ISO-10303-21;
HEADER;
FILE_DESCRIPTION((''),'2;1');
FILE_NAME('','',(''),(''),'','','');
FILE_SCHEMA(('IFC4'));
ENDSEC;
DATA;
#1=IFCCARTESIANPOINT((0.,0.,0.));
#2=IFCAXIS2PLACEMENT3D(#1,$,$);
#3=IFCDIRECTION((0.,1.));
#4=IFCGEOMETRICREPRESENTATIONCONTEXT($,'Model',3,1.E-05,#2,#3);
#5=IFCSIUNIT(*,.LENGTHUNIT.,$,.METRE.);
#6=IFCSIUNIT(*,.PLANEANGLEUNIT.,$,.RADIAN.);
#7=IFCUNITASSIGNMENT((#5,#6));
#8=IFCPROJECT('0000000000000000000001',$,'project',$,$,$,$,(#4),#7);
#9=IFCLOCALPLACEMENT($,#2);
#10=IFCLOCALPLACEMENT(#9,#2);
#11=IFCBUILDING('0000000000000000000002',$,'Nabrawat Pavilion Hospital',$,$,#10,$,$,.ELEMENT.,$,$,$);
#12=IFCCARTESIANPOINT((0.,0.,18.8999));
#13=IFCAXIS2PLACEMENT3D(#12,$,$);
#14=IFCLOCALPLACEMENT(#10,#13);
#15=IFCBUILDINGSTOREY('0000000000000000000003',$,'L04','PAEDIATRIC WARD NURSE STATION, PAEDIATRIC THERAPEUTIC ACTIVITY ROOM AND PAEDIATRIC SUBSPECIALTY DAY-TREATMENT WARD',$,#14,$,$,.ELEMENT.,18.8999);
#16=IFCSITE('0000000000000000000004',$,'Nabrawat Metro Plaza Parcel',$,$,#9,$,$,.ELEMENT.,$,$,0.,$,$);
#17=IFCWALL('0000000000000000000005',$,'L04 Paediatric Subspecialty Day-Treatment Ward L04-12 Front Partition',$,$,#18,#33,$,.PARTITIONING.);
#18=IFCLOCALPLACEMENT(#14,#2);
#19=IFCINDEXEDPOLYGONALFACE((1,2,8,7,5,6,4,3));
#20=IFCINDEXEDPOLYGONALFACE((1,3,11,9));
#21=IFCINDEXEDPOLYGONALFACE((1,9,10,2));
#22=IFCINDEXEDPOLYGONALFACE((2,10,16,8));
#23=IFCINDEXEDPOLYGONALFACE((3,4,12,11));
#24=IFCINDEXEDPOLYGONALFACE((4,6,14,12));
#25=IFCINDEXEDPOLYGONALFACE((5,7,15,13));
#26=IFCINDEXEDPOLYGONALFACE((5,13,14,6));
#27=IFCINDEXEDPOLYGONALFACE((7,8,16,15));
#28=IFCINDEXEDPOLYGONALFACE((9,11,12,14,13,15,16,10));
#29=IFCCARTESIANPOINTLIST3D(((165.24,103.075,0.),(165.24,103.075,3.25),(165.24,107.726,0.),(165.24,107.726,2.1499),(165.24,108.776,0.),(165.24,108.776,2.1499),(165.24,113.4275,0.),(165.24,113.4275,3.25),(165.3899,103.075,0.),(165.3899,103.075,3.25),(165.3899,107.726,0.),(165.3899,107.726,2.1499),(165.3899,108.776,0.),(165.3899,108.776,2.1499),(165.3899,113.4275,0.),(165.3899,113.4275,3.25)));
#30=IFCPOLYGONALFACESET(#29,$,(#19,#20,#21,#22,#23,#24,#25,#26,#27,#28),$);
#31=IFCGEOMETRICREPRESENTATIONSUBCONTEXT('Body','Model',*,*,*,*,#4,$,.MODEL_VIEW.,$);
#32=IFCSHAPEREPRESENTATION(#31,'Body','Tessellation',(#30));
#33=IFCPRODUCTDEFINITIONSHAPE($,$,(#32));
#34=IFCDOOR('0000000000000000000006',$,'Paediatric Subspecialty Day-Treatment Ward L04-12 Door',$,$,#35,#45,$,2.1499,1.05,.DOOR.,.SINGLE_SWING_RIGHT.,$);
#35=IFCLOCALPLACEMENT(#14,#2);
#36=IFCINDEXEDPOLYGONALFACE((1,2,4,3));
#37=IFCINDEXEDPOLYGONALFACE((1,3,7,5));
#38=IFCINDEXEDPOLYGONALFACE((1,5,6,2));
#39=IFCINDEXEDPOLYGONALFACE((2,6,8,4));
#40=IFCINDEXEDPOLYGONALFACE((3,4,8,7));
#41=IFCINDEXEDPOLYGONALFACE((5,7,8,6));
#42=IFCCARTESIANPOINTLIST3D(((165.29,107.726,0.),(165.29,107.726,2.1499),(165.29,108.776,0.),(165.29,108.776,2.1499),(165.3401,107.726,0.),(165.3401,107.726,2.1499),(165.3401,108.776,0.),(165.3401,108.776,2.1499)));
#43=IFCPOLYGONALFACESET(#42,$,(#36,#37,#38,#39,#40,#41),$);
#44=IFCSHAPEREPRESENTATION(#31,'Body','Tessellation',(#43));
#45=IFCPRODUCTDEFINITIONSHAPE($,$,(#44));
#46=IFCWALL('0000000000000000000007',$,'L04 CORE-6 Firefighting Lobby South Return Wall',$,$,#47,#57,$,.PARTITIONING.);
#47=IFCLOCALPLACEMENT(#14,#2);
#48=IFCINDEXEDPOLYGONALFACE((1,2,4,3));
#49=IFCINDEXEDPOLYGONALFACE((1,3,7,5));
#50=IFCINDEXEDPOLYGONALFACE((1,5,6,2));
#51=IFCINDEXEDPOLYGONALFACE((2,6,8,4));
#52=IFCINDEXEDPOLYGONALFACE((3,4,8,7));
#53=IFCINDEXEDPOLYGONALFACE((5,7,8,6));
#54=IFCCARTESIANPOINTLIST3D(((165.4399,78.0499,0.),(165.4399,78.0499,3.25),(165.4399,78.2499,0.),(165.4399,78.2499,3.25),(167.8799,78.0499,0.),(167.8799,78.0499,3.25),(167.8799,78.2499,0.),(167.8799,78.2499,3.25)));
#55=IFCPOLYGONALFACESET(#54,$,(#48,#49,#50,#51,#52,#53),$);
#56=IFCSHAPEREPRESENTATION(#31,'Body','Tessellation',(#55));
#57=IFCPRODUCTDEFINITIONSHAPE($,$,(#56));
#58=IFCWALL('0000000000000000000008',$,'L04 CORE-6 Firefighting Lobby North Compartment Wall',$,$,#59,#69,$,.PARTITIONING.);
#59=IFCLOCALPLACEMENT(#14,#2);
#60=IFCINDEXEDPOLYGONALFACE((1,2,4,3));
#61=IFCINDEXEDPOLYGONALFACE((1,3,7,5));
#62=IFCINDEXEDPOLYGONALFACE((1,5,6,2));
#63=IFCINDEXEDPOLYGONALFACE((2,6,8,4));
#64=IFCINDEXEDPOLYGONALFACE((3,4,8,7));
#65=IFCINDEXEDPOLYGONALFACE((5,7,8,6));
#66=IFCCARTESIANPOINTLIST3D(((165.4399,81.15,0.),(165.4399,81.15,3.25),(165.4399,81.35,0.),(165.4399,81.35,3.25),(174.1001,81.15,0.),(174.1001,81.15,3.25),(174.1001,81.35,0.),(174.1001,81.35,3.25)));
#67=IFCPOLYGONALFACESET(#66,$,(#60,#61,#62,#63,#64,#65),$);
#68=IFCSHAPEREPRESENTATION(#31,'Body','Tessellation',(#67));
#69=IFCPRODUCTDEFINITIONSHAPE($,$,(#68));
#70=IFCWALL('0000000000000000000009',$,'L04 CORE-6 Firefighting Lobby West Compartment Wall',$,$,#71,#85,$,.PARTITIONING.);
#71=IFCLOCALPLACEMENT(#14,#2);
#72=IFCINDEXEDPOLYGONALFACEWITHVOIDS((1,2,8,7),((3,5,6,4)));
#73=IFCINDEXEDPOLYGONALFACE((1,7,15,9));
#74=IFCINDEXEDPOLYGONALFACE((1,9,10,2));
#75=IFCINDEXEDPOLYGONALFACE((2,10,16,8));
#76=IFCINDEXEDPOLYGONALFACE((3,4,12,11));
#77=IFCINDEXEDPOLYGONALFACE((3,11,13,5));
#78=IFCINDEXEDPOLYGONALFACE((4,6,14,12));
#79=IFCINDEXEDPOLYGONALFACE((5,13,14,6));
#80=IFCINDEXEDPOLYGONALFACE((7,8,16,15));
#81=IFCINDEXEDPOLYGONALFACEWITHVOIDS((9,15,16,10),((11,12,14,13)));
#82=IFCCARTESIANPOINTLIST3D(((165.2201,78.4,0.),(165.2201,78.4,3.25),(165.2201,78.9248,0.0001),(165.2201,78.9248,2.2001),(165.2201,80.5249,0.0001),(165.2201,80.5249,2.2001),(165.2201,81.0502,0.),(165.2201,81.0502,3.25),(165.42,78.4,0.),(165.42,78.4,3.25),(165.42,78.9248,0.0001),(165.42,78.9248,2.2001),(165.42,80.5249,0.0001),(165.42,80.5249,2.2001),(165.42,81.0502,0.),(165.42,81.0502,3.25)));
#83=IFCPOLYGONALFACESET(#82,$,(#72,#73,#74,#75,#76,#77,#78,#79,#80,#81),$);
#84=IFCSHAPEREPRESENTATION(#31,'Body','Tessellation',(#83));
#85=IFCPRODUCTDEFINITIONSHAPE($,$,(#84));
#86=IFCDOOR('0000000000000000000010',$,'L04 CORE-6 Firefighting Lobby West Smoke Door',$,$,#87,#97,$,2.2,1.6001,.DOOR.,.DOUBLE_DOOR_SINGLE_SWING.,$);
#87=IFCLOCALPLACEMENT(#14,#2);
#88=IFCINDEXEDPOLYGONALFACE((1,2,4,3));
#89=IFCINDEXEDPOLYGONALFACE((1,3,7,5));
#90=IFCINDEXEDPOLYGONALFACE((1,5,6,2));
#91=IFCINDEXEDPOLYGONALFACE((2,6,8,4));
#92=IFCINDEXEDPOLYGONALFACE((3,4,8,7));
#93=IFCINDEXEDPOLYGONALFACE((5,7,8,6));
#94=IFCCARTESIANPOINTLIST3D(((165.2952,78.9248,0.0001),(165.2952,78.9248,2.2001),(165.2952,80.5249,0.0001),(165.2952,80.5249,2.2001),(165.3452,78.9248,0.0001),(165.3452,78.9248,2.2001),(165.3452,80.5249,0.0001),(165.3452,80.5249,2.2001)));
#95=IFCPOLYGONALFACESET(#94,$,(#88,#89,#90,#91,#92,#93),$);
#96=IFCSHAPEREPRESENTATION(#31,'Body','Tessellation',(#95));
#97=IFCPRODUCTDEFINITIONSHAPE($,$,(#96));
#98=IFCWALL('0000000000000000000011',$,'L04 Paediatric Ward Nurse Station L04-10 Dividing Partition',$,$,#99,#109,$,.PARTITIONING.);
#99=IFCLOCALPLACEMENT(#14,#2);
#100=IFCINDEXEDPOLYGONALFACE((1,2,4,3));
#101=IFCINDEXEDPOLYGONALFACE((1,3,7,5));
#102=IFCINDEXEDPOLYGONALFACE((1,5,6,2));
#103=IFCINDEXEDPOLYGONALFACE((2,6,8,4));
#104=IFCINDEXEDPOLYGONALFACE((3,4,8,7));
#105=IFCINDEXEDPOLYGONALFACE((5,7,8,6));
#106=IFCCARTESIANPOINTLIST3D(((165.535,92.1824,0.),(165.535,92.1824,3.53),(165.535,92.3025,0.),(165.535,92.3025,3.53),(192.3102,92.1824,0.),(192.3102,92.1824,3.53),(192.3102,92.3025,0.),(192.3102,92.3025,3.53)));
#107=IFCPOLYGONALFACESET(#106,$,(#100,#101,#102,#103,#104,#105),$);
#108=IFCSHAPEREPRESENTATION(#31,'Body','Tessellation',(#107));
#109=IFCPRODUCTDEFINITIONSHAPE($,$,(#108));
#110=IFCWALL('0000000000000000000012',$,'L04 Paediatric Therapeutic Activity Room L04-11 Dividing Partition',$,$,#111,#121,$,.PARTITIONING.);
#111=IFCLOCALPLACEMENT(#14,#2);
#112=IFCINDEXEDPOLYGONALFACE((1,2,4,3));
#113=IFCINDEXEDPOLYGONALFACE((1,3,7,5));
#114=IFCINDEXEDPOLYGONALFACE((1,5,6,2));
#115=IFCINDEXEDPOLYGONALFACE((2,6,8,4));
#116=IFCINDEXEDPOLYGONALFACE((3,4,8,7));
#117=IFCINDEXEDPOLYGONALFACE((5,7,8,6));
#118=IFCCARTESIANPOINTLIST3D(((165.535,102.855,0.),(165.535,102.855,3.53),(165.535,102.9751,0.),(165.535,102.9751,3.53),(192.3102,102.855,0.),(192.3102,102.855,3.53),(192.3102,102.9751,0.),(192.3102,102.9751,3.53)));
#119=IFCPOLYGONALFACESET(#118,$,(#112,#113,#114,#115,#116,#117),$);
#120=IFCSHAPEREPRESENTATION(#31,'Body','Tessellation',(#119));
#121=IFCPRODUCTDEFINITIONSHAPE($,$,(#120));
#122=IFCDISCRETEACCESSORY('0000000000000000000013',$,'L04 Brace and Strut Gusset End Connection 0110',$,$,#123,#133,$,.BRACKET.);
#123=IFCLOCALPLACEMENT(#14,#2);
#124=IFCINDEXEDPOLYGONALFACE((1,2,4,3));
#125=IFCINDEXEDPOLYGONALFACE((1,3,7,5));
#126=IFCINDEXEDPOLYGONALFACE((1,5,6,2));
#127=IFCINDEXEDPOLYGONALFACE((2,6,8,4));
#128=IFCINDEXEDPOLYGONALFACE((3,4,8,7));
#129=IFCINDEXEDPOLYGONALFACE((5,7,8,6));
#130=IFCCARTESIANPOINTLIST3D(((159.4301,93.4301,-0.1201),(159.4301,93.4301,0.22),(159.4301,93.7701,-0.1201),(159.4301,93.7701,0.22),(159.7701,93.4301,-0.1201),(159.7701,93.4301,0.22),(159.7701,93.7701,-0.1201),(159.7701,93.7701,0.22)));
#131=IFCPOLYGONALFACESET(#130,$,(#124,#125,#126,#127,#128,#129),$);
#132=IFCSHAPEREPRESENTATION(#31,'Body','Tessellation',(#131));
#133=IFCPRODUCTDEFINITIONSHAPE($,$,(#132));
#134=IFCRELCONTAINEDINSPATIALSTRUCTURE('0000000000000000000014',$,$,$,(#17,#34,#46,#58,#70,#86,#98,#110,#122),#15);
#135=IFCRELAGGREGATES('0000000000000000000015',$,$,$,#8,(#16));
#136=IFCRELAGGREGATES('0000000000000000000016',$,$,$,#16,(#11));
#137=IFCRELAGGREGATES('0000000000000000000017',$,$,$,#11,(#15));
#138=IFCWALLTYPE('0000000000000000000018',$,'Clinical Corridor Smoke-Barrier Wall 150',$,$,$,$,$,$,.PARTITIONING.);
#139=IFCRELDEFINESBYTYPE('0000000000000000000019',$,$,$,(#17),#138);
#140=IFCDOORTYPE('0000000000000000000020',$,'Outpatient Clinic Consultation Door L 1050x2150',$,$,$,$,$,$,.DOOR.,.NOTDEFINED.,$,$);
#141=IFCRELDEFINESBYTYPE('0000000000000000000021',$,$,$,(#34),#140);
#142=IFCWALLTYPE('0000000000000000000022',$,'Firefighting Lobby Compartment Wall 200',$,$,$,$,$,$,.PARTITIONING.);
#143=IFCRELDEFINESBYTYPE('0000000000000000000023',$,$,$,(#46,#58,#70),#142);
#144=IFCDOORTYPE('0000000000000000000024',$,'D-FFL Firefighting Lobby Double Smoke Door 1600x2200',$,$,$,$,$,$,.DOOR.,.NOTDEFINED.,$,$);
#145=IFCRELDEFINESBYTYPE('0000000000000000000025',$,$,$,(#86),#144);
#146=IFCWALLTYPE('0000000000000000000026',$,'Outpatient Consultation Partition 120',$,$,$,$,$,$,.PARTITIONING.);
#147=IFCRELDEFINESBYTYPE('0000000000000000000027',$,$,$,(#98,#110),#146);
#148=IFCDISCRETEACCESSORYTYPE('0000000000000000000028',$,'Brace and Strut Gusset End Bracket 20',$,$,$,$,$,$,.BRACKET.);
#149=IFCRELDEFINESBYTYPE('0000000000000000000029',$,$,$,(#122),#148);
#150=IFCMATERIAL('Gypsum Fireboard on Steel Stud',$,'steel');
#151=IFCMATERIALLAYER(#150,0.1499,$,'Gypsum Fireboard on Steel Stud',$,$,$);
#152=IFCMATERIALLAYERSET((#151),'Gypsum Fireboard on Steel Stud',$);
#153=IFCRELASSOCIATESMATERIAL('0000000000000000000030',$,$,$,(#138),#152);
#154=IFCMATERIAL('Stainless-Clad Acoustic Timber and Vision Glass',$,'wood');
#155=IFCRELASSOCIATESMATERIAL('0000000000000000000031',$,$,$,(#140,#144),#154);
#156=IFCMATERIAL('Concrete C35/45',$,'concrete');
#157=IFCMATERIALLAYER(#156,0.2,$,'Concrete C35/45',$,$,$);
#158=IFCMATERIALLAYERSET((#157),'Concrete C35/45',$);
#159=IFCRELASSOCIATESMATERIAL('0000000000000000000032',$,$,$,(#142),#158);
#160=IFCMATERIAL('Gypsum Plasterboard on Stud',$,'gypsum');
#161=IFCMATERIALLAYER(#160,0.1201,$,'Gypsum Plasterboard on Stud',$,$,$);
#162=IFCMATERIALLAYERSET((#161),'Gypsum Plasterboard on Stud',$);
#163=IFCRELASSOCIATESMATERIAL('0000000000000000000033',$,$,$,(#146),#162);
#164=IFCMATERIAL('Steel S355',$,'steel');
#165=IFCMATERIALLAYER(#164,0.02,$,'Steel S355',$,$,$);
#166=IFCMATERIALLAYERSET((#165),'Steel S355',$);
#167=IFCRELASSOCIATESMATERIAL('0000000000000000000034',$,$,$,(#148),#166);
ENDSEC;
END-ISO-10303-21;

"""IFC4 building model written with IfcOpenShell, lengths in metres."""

from ifc_helpers import new_model, si_unit, direction, frame, frame_2d, origin, origin_2d, place, context, subcontext, project, spatial, rectangle, extrude, material, layer, layer_set, type_object, element, fill, save


model = new_model("IFC4")

# Units and contexts
model_context = context("Model", 3, precision=1e-05, world=origin(), true_north=direction((0.0, 1.0)))
body_context = subcontext(model_context, "Body", "Model", "MODEL_VIEW")
ifc_project = project(units=[si_unit("LENGTHUNIT", "METRE"), si_unit("PLANEANGLEUNIT", "RADIAN")], contexts=[model_context])

# Site, building, storey
site_placement = place(None, origin())
site = spatial("IfcSite", under=ifc_project, at=site_placement, Name="Nabrawat Metro Plaza Parcel", CompositionType="ELEMENT", RefElevation=0.0)
building_placement = place(site_placement, origin())
building = spatial("IfcBuilding", under=site, at=building_placement, Name="Nabrawat Pavilion Hospital", CompositionType="ELEMENT")
storey_placement = place(building_placement, frame((0.0, 0.0, 18.8999)))
storey = spatial("IfcBuildingStorey", under=building, at=storey_placement, Name="L04", Description="PAEDIATRIC WARD NURSE STATION, PAEDIATRIC THERAPEUTIC ACTIVITY ROOM AND PAEDIATRIC SUBSPECIALTY DAY-TREATMENT WARD", CompositionType="ELEMENT", Elevation=18.8999)

# Shared definitions
ifc_material_1 = material(Name="Steel S355", Category="steel")

# Wall, opening, door
ifc_material_2 = material(Name="Gypsum Fireboard on Steel Stud", Category="steel")
ifc_layer_1 = layer(ifc_material_2, 0.1499, Name="Gypsum Fireboard on Steel Stud")
ifc_layer_set_1 = layer_set([ifc_layer_1], Name="Gypsum Fireboard on Steel Stud")
wall_type_1 = type_object("IfcWallType", Name="Clinical Corridor Smoke-Barrier Wall 150", PredefinedType="PARTITIONING", material=ifc_layer_set_1)
ifc_material_3 = material(Name="Stainless-Clad Acoustic Timber and Vision Glass", Category="wood")
door_type_1 = type_object("IfcDoorType", Name="Outpatient Clinic Consultation Door L 1050x2150", OperationType="NOTDEFINED", PredefinedType="DOOR", material=ifc_material_3)
wall_1_placement = place(storey_placement, frame((165.3149, 103.075, 0.0), z_axis=(0.0, 0.0, 1.0), x_axis=(0.0, 1.0, 0.0)))
wall_1 = element("IfcWall", 1, at=wall_1_placement, inside=storey, type_object=wall_type_1, Name="L04 Paediatric Subspecialty Day-Treatment Ward L04-12 Front Partition", PredefinedType="PARTITIONING", context=body_context, shape_type="SweptSolid", body=[
    extrude(rectangle(XDim=10.3525, YDim=0.1499, at=frame_2d((5.1763, 0.0))), origin(), (0.0, 0.0, 1.0), 3.25),
])
opening_1_placement = place(wall_1_placement, frame((4.6511, 0.0, 0.0)))
opening_1 = element("IfcOpeningElement", 2, at=opening_1_placement, cuts=wall_1, PredefinedType="OPENING", context=body_context, shape_type="SweptSolid", body=[
    extrude(rectangle(XDim=1.05, YDim=2.1499, at=frame_2d((0.5249, 1.075))), frame((0.0, 0.085, 0.0), z_axis=(0.0, -1.0, 0.0), x_axis=(1.0, 0.0, 0.0)), (0.0, 0.0, 1.0), 0.1699),
])
door_1_placement = place(opening_1_placement, origin())
door_1 = element("IfcDoor", 3, at=door_1_placement, inside=storey, type_object=door_type_1, Name="Paediatric Subspecialty Day-Treatment Ward L04-12 Door", OperationType="SINGLE_SWING_RIGHT", OverallHeight=2.1499, OverallWidth=1.05, PredefinedType="DOOR", context=body_context, shape_type="SweptSolid", body=[
    extrude(rectangle(XDim=1.05, YDim=2.1499, at=frame_2d((0.5249, 1.075))), frame((0.0, 0.0249, 0.0), z_axis=(0.0, -1.0, 0.0), x_axis=(1.0, 0.0, 0.0)), (0.0, 0.0, 1.0), 0.05),
])
fill(opening_1, door_1)

# Walls
ifc_material_4 = material(Name="Concrete C35/45", Category="concrete")
ifc_layer_2 = layer(ifc_material_4, 0.2, Name="Concrete C35/45")
ifc_layer_set_2 = layer_set([ifc_layer_2], Name="Concrete C35/45")
wall_type_2 = type_object("IfcWallType", Name="Firefighting Lobby Compartment Wall 200", PredefinedType="PARTITIONING", material=ifc_layer_set_2)
wall_2_placement = place(storey_placement, frame((165.4399, 78.1499, 0.0), z_axis=(0.0, 0.0, 1.0), x_axis=(1.0, 0.0, 0.0)))
element("IfcWall", 4, at=wall_2_placement, inside=storey, type_object=wall_type_2, Name="L04 CORE-6 Firefighting Lobby South Return Wall", PredefinedType="PARTITIONING", context=body_context, shape_type="SweptSolid", body=[
    extrude(rectangle(XDim=2.4399, YDim=0.2, at=frame_2d((1.22, 0.0))), origin(), (0.0, 0.0, 1.0), 3.25),
])
wall_3_placement = place(storey_placement, frame((165.4399, 81.25, 0.0), z_axis=(0.0, 0.0, 1.0), x_axis=(1.0, 0.0, 0.0)))
element("IfcWall", 5, at=wall_3_placement, inside=storey, type_object=wall_type_2, Name="L04 CORE-6 Firefighting Lobby North Compartment Wall", PredefinedType="PARTITIONING", context=body_context, shape_type="SweptSolid", body=[
    extrude(rectangle(XDim=8.6602, YDim=0.2, at=frame_2d((4.3301, 0.0))), origin(), (0.0, 0.0, 1.0), 3.25),
])

# Wall, opening, door
wall_4_placement = place(storey_placement, frame((165.3201, 78.3999, 0.0), z_axis=(0.0, 0.0, 1.0), x_axis=(0.0, 1.0, 0.0)))
wall_4 = element("IfcWall", 6, at=wall_4_placement, inside=storey, type_object=wall_type_2, Name="L04 CORE-6 Firefighting Lobby West Compartment Wall", PredefinedType="PARTITIONING", context=body_context, shape_type="SweptSolid", body=[
    extrude(rectangle(XDim=2.6501, YDim=0.2, at=frame_2d((1.3252, 0.0))), origin(), (0.0, 0.0, 1.0), 3.25),
])
opening_2_placement = place(wall_4_placement, frame((0.5249, 0.0, 0.0)))
opening_2 = element("IfcOpeningElement", 7, at=opening_2_placement, cuts=wall_4, PredefinedType="OPENING", context=body_context, shape_type="SweptSolid", body=[
    extrude(rectangle(XDim=1.6001, YDim=2.2, at=frame_2d((0.8, 1.1001))), frame((0.0, 0.1099, 0.0), z_axis=(0.0, -1.0, 0.0), x_axis=(1.0, 0.0, 0.0)), (0.0, 0.0, 1.0), 0.22),
])
door_type_2 = type_object("IfcDoorType", Name="D-FFL Firefighting Lobby Double Smoke Door 1600x2200", OperationType="NOTDEFINED", PredefinedType="DOOR", material=ifc_material_3)
door_2_placement = place(opening_2_placement, origin())
door_2 = element("IfcDoor", 8, at=door_2_placement, inside=storey, type_object=door_type_2, Name="L04 CORE-6 Firefighting Lobby West Smoke Door", OperationType="DOUBLE_DOOR_SINGLE_SWING", OverallHeight=2.2, OverallWidth=1.6001, PredefinedType="DOOR", context=body_context, shape_type="SweptSolid", body=[
    extrude(rectangle(XDim=1.6001, YDim=2.2, at=frame_2d((0.8, 1.1001))), frame((0.0, 0.0249, 0.0), z_axis=(0.0, -1.0, 0.0), x_axis=(1.0, 0.0, 0.0)), (0.0, 0.0, 1.0), 0.05),
])
fill(opening_2, door_2)

# Walls
ifc_material_5 = material(Name="Gypsum Plasterboard on Stud", Category="gypsum")
ifc_layer_3 = layer(ifc_material_5, 0.1201, Name="Gypsum Plasterboard on Stud")
ifc_layer_set_3 = layer_set([ifc_layer_3], Name="Gypsum Plasterboard on Stud")
wall_type_3 = type_object("IfcWallType", Name="Outpatient Consultation Partition 120", PredefinedType="PARTITIONING", material=ifc_layer_set_3)
for number, where, z_axis, x_axis, name in (
    (9, (165.5349, 92.2424, 0.0), (0.0, 0.0, 1.0), (1.0, 0.0, 0.0), "L04 Paediatric Ward Nurse Station L04-10 Dividing Partition"),
    (10, (165.5349, 102.915, 0.0), (0.0, 0.0, 1.0), (1.0, 0.0, 0.0), "L04 Paediatric Therapeutic Activity Room L04-11 Dividing Partition"),
):
    element("IfcWall", number, at=place(storey_placement, frame(where, z_axis=z_axis, x_axis=x_axis)), inside=storey, type_object=wall_type_3, Name=name, PredefinedType="PARTITIONING", context=body_context, shape_type="SweptSolid", body=[
        extrude(rectangle(XDim=26.7751, YDim=0.1201, at=frame_2d((13.3877, 0.0))), origin(), (0.0, 0.0, 1.0), 3.53),
    ])

# Discrete accessory
ifc_layer_4 = layer(ifc_material_1, 0.02, Name="Steel S355")
ifc_layer_set_4 = layer_set([ifc_layer_4], Name="Steel S355")
discrete_accessory_type = type_object("IfcDiscreteAccessoryType", Name="Brace and Strut Gusset End Bracket 20", PredefinedType="BRACKET", material=ifc_layer_set_4)
discrete_accessory_placement = place(storey_placement, frame((159.6001, 93.6001, -0.1201), z_axis=(0.0, 0.0, 1.0), x_axis=(1.0, 0.0, 0.0)))
element("IfcDiscreteAccessory", 11, at=discrete_accessory_placement, inside=storey, type_object=discrete_accessory_type, Name="L04 Brace and Strut Gusset End Connection 0110", PredefinedType="BRACKET", context=body_context, shape_type="SweptSolid", body=[
    extrude(rectangle(XDim=0.3401, YDim=0.3401, at=origin_2d()), origin(), (0.0, 0.0, 1.0), 0.3401),
])

save(model, "model.ifc")
